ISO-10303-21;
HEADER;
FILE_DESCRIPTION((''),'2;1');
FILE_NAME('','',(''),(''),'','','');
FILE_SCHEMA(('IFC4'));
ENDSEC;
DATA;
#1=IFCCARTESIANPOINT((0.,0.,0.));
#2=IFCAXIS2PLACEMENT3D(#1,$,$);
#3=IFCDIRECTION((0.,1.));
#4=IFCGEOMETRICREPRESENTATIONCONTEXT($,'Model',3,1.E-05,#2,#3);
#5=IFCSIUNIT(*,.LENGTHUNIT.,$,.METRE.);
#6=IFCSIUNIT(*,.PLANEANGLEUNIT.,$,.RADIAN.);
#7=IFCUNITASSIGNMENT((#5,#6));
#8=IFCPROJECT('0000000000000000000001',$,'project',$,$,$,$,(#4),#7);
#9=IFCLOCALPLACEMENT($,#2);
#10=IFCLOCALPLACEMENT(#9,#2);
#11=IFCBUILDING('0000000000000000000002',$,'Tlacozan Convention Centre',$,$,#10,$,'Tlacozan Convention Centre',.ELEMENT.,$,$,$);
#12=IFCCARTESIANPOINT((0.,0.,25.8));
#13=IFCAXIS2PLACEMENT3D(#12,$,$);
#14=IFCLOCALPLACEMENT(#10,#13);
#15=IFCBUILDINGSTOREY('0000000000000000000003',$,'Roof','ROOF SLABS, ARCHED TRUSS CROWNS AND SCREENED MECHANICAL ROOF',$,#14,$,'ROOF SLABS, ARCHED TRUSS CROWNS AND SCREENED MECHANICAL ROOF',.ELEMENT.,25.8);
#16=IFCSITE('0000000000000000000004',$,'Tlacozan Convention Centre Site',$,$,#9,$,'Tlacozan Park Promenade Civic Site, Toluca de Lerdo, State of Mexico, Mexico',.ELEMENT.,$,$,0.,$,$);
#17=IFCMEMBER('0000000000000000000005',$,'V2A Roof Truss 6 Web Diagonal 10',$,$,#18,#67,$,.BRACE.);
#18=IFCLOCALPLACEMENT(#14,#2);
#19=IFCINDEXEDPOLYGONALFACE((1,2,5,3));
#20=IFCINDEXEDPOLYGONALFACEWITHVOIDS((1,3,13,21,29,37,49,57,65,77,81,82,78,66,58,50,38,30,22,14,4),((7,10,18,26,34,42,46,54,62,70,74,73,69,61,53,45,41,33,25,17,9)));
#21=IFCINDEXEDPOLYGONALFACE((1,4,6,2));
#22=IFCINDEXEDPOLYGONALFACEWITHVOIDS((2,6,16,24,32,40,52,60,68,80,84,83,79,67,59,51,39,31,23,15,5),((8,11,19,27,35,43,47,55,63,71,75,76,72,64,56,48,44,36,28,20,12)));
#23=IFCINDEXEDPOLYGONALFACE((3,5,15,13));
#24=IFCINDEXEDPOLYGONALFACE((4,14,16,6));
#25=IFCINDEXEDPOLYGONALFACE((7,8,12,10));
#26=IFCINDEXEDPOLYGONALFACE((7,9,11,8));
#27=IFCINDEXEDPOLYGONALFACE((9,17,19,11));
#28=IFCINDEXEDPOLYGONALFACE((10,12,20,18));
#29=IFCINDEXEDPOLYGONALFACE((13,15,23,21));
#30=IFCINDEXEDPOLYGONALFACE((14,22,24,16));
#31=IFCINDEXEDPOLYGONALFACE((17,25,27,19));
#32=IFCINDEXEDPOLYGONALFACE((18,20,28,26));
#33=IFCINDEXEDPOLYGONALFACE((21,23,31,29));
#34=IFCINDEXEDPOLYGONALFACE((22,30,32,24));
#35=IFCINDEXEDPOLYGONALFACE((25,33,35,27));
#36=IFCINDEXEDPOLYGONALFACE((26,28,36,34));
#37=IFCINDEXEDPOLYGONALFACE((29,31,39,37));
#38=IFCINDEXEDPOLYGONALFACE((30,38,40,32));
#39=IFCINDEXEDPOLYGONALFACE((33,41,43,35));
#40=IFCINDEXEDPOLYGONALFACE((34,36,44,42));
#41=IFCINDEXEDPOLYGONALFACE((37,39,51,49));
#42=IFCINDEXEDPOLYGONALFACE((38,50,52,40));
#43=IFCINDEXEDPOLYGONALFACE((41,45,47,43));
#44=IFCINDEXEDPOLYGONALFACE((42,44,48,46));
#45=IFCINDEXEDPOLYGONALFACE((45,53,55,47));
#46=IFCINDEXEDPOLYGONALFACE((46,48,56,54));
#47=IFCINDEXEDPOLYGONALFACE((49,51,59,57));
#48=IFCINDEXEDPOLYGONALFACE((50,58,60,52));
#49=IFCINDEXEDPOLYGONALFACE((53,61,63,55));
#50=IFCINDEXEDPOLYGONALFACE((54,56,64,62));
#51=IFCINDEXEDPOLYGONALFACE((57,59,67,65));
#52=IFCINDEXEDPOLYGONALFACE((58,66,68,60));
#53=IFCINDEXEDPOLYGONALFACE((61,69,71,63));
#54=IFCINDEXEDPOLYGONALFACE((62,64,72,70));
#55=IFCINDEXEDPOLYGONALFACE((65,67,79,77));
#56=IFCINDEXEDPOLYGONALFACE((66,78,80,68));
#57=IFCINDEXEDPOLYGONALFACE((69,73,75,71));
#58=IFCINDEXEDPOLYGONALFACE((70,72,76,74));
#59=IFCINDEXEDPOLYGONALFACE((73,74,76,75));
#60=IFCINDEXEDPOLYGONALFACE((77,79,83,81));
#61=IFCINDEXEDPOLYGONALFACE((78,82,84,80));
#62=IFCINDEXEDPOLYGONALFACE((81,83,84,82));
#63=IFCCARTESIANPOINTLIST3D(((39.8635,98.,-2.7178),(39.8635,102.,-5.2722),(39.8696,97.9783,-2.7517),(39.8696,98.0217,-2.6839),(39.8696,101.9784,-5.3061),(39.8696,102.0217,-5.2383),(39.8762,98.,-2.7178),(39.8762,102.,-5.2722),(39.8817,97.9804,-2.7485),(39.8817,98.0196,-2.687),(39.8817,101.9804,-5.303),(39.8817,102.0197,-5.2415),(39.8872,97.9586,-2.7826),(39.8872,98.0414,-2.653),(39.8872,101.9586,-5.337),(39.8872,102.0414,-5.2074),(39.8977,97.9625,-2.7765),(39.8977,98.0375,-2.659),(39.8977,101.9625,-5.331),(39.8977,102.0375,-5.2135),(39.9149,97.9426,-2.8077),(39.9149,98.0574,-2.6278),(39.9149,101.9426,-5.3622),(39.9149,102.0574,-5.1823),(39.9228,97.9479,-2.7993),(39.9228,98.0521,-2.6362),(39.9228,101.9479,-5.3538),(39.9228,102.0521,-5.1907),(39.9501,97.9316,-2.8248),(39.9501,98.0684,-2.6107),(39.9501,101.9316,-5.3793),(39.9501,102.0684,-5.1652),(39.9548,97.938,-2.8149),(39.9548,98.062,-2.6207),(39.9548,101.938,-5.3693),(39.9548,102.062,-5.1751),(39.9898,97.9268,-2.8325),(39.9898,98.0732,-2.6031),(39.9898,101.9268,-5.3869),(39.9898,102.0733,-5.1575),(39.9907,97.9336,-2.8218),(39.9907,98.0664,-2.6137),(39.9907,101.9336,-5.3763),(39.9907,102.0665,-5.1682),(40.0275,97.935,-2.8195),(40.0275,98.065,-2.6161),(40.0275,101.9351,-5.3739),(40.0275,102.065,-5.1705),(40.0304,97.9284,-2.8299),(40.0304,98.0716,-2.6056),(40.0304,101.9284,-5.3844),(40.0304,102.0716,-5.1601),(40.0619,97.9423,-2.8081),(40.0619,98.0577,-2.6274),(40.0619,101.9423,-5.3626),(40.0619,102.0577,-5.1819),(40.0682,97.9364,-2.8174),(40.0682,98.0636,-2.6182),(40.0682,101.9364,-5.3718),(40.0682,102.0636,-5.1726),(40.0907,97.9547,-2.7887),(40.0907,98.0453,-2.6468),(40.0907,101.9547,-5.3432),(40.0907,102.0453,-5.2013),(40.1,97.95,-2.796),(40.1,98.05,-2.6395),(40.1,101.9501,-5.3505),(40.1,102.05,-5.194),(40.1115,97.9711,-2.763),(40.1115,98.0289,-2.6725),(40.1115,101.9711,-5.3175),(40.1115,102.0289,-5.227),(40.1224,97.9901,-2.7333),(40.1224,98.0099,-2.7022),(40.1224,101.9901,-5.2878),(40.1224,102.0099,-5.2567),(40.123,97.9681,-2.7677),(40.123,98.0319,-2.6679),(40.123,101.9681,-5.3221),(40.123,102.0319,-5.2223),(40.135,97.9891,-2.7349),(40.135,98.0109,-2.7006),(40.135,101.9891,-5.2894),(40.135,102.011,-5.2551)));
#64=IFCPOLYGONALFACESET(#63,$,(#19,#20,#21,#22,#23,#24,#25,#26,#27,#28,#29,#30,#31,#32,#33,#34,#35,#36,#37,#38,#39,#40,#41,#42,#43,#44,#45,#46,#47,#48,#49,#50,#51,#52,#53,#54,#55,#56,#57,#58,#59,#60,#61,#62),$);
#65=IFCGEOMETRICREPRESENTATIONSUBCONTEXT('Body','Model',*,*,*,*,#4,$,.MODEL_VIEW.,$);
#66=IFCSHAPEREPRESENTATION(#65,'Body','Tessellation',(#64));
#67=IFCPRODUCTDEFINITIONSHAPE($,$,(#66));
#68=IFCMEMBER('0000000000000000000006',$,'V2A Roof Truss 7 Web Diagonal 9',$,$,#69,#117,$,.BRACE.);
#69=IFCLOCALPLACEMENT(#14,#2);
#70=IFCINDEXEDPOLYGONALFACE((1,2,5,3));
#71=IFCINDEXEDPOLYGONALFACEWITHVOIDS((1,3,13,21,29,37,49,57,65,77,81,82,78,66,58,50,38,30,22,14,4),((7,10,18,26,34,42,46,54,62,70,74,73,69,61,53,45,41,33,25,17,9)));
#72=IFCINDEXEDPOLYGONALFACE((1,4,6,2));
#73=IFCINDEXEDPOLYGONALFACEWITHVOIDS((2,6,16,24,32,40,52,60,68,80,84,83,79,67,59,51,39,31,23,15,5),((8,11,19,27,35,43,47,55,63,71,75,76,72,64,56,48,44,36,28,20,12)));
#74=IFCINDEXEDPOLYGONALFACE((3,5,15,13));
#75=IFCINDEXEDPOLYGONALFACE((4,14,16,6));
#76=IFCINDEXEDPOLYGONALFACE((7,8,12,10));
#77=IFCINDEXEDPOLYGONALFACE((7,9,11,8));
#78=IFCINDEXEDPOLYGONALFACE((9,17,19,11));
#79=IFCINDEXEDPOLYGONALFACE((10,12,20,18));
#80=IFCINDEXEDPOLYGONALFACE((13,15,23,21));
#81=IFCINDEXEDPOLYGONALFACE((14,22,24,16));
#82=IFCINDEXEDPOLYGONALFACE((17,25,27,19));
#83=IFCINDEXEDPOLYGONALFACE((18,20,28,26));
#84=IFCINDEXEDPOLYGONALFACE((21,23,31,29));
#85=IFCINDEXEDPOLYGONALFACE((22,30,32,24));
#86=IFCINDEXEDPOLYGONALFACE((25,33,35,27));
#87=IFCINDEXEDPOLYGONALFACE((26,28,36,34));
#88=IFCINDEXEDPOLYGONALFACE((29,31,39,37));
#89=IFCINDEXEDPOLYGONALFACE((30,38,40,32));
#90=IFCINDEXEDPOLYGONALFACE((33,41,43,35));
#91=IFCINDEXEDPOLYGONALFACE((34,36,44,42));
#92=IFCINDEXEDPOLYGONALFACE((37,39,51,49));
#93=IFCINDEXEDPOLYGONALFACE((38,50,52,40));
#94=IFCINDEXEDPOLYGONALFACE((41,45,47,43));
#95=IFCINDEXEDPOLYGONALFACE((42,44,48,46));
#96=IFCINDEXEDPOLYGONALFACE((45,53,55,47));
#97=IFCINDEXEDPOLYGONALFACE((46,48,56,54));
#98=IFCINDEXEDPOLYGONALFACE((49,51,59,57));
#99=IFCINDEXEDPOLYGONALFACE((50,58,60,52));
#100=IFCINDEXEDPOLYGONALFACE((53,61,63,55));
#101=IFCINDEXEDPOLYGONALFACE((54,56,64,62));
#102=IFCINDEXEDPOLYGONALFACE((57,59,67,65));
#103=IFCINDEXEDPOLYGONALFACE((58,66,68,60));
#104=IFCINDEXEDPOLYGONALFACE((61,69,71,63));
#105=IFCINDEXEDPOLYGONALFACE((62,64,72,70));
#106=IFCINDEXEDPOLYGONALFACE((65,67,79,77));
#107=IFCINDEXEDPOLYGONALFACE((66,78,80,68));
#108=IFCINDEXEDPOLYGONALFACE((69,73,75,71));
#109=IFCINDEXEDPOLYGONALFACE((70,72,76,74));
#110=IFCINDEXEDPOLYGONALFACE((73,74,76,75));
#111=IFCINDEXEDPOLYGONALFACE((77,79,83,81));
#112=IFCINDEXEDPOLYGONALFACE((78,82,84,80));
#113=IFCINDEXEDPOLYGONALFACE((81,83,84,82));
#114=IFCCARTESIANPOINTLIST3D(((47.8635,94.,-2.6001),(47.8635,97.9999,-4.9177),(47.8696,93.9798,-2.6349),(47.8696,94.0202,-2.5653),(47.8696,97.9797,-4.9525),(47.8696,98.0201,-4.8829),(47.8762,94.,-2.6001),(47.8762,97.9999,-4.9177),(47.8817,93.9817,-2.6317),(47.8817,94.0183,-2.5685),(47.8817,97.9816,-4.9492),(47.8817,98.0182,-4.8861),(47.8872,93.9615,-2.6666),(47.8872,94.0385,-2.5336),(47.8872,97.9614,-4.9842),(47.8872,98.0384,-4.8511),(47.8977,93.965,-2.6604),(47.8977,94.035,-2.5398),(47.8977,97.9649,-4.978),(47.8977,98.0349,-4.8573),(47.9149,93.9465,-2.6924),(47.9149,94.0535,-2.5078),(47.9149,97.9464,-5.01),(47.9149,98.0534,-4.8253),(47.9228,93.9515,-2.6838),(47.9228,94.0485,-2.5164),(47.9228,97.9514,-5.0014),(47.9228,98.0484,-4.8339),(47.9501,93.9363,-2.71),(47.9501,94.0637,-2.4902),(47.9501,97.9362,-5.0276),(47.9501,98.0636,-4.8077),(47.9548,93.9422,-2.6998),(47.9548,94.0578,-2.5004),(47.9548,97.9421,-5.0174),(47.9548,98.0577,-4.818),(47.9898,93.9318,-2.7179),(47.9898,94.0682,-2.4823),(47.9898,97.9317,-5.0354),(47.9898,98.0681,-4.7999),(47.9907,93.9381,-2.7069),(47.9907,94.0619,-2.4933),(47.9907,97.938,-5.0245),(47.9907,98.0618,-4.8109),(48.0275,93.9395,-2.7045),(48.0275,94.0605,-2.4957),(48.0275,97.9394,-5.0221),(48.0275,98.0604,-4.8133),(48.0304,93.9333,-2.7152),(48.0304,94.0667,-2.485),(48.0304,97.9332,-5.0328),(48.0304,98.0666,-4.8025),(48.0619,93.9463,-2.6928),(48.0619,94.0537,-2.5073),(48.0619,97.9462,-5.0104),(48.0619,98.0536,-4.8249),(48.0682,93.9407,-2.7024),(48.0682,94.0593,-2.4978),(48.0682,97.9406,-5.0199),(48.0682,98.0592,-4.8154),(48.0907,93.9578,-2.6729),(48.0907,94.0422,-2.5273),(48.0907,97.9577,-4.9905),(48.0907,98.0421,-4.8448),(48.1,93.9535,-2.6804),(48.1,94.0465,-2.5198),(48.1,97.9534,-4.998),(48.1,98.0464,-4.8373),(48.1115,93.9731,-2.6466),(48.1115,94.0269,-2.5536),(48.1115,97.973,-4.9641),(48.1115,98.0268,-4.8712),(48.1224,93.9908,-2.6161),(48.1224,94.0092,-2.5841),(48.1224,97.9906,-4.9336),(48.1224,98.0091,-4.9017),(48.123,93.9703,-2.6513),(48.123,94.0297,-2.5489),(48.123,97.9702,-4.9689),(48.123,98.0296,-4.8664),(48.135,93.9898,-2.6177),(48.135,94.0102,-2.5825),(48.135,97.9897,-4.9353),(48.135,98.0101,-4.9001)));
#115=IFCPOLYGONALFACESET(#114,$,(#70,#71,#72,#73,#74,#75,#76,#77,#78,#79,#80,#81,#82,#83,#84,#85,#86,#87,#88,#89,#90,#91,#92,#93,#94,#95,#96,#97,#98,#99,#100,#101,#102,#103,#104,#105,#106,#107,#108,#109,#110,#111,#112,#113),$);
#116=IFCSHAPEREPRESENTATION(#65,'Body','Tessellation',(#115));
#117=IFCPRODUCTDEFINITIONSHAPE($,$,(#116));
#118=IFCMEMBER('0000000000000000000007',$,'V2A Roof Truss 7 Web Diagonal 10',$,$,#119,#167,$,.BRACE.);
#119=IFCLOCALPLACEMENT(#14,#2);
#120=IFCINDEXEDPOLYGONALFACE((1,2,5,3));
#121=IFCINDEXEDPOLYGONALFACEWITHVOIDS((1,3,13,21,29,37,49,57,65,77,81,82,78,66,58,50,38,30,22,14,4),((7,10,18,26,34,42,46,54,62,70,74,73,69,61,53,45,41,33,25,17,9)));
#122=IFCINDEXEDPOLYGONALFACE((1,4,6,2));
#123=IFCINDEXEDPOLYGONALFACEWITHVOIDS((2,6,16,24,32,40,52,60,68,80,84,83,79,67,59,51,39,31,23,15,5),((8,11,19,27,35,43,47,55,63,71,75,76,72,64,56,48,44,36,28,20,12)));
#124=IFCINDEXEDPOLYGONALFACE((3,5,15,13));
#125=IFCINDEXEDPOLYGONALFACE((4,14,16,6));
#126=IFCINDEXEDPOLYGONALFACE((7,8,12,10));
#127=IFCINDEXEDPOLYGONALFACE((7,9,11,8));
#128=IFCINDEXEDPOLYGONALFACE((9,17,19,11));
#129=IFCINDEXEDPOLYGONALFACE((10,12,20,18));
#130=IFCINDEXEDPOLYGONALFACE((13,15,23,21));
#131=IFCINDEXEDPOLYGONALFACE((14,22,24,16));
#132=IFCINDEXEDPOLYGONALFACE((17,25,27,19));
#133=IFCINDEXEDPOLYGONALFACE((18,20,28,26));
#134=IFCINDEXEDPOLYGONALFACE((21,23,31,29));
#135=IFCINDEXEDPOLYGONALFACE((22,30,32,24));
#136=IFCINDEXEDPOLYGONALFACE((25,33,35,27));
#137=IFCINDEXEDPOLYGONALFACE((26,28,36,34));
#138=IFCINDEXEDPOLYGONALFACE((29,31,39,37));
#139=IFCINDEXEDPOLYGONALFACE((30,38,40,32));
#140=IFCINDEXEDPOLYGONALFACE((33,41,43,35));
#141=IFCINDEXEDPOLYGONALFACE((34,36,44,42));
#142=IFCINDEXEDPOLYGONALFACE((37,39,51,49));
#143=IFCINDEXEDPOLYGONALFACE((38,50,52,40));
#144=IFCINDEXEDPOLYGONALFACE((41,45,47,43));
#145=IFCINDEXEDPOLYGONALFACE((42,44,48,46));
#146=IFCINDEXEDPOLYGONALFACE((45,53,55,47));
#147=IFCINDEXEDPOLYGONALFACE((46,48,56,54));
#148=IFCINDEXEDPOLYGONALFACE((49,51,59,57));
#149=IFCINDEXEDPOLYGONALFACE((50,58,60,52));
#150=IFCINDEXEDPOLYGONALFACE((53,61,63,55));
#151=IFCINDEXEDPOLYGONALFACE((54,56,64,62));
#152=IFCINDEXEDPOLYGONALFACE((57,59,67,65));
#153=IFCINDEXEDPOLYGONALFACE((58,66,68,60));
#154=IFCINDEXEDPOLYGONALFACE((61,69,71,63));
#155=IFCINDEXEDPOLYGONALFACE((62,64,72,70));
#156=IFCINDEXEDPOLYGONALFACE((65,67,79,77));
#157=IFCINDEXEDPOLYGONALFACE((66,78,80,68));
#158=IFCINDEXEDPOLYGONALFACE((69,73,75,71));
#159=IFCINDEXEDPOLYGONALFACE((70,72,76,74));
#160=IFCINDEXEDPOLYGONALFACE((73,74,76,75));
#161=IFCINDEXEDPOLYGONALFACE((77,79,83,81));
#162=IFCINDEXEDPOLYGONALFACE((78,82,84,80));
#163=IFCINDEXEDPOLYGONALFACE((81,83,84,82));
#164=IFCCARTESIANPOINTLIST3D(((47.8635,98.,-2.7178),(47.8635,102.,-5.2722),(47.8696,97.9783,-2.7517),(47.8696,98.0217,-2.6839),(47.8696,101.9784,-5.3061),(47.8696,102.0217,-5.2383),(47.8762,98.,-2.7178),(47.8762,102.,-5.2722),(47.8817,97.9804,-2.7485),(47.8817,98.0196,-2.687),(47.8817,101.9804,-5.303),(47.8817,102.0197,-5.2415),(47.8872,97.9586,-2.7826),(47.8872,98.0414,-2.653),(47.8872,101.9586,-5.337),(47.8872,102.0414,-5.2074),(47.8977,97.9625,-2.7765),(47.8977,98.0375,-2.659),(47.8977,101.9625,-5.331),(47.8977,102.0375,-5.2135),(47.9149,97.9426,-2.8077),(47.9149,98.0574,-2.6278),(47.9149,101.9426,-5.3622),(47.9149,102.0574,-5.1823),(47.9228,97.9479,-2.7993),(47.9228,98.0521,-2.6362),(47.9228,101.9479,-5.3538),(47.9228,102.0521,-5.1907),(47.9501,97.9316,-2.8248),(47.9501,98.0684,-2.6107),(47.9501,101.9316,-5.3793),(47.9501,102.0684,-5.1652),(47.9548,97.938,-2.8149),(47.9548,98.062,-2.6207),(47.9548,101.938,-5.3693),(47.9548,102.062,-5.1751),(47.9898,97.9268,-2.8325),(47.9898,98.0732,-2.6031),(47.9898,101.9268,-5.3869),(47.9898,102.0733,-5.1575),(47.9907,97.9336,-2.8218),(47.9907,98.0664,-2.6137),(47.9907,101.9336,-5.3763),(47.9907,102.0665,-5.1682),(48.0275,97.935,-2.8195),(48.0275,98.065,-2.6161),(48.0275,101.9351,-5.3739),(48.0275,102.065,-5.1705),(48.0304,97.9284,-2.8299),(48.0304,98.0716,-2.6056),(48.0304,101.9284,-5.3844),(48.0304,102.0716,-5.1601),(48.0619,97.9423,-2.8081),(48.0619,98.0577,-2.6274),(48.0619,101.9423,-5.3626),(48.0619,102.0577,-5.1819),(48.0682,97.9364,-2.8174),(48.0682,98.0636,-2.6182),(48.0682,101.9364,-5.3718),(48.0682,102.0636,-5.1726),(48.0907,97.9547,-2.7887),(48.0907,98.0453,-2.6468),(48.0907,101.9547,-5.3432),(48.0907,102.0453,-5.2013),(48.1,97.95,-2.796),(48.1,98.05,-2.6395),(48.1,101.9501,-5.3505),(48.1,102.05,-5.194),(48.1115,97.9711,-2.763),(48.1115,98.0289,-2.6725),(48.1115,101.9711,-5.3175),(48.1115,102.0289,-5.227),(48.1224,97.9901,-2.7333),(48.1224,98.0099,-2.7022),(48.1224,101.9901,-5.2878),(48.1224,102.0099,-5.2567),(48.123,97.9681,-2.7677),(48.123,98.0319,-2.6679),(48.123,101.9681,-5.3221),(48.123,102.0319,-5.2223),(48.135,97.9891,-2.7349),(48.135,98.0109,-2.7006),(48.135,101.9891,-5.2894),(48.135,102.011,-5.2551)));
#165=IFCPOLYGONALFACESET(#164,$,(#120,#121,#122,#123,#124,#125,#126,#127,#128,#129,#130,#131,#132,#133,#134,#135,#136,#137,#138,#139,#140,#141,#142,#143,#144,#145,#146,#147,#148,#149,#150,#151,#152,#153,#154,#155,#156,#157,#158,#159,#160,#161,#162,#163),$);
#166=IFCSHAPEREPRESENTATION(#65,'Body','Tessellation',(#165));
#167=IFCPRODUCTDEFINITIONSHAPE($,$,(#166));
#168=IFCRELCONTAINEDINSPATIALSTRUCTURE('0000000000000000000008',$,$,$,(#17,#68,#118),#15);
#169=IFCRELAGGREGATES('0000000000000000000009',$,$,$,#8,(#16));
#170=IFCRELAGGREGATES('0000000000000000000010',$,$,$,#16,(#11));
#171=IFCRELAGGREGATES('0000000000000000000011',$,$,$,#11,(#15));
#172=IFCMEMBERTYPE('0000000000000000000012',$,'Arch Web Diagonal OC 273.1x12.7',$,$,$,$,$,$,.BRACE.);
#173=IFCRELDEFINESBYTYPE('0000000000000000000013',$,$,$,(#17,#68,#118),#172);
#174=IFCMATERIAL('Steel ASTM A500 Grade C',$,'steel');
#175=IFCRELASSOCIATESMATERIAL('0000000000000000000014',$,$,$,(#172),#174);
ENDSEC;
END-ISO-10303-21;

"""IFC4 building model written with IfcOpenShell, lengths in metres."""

from ifc_helpers import new_model, si_unit, direction, frame, origin, origin_2d, place, context, subcontext, project, spatial, hollow_circle, extrude, material, material_profile, profile_set, type_object, element, save


model = new_model("IFC4")

# Units and contexts
model_context = context("Model", 3, precision=1e-05, world=origin(), true_north=direction((0.0, 1.0)))
body_context = subcontext(model_context, "Body", "Model", "MODEL_VIEW")
ifc_project = project(units=[si_unit("LENGTHUNIT", "METRE"), si_unit("PLANEANGLEUNIT", "RADIAN")], contexts=[model_context])

# Site, building, storey
site_placement = place(None, origin())
site = spatial("IfcSite", under=ifc_project, at=site_placement, Name="Tlacozan Convention Centre Site", LongName="Tlacozan Park Promenade Civic Site, Toluca de Lerdo, State of Mexico, Mexico", CompositionType="ELEMENT", RefElevation=0.0)
building_placement = place(site_placement, origin())
building = spatial("IfcBuilding", under=site, at=building_placement, Name="Tlacozan Convention Centre", LongName="Tlacozan Convention Centre", CompositionType="ELEMENT")
storey_placement = place(building_placement, frame((0.0, 0.0, 25.8)))
storey = spatial("IfcBuildingStorey", under=building, at=storey_placement, Name="Roof", Description="ROOF SLABS, ARCHED TRUSS CROWNS AND SCREENED MECHANICAL ROOF", LongName="ROOF SLABS, ARCHED TRUSS CROWNS AND SCREENED MECHANICAL ROOF", CompositionType="ELEMENT", Elevation=25.8)

# Members
ifc_material_1 = material(Name="Steel ASTM A500 Grade C", Category="steel")
ifc_material_profile_1 = material_profile(ifc_material_1, hollow_circle(Radius=0.1365, WallThickness=0.0127, at=origin_2d()), Name="OC 273.1x12.7")
ifc_profile_set_1 = profile_set([ifc_material_profile_1], Name="Steel ASTM A500 Grade C")
member_type_1 = type_object("IfcMemberType", Name="Arch Web Diagonal OC 273.1x12.7", PredefinedType="BRACE", material=ifc_profile_set_1)
member_1_placement = place(storey_placement, frame((40.0, 98.0, -2.7178), z_axis=(0.0, 0.842803, -0.538223), x_axis=(-1.0, 0.0, 0.0)))
element("IfcMember", 1, at=member_1_placement, inside=storey, type_object=member_type_1, Name="V2A Roof Truss 6 Web Diagonal 10", PredefinedType="BRACE", context=body_context, shape_type="SweptSolid", body=[
    extrude(hollow_circle(Radius=0.1365, WallThickness=0.0127, at=origin_2d()), origin(), (0.0, 0.0, 1.0), 4.7461),
])
member_2_placement = place(storey_placement, frame((48.0, 94.0, -2.6001), z_axis=(0.0, 0.865254, -0.501334), x_axis=(-1.0, 0.0, 0.0)))
element("IfcMember", 2, at=member_2_placement, inside=storey, type_object=member_type_1, Name="V2A Roof Truss 7 Web Diagonal 9", PredefinedType="BRACE", context=body_context, shape_type="SweptSolid", body=[
    extrude(hollow_circle(Radius=0.1365, WallThickness=0.0127, at=origin_2d()), origin(), (0.0, 0.0, 1.0), 4.6228),
])
member_3_placement = place(storey_placement, frame((48.0, 98.0, -2.7178), z_axis=(0.0, 0.842803, -0.538223), x_axis=(-1.0, 0.0, 0.0)))
element("IfcMember", 3, at=member_3_placement, inside=storey, type_object=member_type_1, Name="V2A Roof Truss 7 Web Diagonal 10", PredefinedType="BRACE", context=body_context, shape_type="SweptSolid", body=[
    extrude(hollow_circle(Radius=0.1365, WallThickness=0.0127, at=origin_2d()), origin(), (0.0, 0.0, 1.0), 4.7461),
])

save(model, "model.ifc")
